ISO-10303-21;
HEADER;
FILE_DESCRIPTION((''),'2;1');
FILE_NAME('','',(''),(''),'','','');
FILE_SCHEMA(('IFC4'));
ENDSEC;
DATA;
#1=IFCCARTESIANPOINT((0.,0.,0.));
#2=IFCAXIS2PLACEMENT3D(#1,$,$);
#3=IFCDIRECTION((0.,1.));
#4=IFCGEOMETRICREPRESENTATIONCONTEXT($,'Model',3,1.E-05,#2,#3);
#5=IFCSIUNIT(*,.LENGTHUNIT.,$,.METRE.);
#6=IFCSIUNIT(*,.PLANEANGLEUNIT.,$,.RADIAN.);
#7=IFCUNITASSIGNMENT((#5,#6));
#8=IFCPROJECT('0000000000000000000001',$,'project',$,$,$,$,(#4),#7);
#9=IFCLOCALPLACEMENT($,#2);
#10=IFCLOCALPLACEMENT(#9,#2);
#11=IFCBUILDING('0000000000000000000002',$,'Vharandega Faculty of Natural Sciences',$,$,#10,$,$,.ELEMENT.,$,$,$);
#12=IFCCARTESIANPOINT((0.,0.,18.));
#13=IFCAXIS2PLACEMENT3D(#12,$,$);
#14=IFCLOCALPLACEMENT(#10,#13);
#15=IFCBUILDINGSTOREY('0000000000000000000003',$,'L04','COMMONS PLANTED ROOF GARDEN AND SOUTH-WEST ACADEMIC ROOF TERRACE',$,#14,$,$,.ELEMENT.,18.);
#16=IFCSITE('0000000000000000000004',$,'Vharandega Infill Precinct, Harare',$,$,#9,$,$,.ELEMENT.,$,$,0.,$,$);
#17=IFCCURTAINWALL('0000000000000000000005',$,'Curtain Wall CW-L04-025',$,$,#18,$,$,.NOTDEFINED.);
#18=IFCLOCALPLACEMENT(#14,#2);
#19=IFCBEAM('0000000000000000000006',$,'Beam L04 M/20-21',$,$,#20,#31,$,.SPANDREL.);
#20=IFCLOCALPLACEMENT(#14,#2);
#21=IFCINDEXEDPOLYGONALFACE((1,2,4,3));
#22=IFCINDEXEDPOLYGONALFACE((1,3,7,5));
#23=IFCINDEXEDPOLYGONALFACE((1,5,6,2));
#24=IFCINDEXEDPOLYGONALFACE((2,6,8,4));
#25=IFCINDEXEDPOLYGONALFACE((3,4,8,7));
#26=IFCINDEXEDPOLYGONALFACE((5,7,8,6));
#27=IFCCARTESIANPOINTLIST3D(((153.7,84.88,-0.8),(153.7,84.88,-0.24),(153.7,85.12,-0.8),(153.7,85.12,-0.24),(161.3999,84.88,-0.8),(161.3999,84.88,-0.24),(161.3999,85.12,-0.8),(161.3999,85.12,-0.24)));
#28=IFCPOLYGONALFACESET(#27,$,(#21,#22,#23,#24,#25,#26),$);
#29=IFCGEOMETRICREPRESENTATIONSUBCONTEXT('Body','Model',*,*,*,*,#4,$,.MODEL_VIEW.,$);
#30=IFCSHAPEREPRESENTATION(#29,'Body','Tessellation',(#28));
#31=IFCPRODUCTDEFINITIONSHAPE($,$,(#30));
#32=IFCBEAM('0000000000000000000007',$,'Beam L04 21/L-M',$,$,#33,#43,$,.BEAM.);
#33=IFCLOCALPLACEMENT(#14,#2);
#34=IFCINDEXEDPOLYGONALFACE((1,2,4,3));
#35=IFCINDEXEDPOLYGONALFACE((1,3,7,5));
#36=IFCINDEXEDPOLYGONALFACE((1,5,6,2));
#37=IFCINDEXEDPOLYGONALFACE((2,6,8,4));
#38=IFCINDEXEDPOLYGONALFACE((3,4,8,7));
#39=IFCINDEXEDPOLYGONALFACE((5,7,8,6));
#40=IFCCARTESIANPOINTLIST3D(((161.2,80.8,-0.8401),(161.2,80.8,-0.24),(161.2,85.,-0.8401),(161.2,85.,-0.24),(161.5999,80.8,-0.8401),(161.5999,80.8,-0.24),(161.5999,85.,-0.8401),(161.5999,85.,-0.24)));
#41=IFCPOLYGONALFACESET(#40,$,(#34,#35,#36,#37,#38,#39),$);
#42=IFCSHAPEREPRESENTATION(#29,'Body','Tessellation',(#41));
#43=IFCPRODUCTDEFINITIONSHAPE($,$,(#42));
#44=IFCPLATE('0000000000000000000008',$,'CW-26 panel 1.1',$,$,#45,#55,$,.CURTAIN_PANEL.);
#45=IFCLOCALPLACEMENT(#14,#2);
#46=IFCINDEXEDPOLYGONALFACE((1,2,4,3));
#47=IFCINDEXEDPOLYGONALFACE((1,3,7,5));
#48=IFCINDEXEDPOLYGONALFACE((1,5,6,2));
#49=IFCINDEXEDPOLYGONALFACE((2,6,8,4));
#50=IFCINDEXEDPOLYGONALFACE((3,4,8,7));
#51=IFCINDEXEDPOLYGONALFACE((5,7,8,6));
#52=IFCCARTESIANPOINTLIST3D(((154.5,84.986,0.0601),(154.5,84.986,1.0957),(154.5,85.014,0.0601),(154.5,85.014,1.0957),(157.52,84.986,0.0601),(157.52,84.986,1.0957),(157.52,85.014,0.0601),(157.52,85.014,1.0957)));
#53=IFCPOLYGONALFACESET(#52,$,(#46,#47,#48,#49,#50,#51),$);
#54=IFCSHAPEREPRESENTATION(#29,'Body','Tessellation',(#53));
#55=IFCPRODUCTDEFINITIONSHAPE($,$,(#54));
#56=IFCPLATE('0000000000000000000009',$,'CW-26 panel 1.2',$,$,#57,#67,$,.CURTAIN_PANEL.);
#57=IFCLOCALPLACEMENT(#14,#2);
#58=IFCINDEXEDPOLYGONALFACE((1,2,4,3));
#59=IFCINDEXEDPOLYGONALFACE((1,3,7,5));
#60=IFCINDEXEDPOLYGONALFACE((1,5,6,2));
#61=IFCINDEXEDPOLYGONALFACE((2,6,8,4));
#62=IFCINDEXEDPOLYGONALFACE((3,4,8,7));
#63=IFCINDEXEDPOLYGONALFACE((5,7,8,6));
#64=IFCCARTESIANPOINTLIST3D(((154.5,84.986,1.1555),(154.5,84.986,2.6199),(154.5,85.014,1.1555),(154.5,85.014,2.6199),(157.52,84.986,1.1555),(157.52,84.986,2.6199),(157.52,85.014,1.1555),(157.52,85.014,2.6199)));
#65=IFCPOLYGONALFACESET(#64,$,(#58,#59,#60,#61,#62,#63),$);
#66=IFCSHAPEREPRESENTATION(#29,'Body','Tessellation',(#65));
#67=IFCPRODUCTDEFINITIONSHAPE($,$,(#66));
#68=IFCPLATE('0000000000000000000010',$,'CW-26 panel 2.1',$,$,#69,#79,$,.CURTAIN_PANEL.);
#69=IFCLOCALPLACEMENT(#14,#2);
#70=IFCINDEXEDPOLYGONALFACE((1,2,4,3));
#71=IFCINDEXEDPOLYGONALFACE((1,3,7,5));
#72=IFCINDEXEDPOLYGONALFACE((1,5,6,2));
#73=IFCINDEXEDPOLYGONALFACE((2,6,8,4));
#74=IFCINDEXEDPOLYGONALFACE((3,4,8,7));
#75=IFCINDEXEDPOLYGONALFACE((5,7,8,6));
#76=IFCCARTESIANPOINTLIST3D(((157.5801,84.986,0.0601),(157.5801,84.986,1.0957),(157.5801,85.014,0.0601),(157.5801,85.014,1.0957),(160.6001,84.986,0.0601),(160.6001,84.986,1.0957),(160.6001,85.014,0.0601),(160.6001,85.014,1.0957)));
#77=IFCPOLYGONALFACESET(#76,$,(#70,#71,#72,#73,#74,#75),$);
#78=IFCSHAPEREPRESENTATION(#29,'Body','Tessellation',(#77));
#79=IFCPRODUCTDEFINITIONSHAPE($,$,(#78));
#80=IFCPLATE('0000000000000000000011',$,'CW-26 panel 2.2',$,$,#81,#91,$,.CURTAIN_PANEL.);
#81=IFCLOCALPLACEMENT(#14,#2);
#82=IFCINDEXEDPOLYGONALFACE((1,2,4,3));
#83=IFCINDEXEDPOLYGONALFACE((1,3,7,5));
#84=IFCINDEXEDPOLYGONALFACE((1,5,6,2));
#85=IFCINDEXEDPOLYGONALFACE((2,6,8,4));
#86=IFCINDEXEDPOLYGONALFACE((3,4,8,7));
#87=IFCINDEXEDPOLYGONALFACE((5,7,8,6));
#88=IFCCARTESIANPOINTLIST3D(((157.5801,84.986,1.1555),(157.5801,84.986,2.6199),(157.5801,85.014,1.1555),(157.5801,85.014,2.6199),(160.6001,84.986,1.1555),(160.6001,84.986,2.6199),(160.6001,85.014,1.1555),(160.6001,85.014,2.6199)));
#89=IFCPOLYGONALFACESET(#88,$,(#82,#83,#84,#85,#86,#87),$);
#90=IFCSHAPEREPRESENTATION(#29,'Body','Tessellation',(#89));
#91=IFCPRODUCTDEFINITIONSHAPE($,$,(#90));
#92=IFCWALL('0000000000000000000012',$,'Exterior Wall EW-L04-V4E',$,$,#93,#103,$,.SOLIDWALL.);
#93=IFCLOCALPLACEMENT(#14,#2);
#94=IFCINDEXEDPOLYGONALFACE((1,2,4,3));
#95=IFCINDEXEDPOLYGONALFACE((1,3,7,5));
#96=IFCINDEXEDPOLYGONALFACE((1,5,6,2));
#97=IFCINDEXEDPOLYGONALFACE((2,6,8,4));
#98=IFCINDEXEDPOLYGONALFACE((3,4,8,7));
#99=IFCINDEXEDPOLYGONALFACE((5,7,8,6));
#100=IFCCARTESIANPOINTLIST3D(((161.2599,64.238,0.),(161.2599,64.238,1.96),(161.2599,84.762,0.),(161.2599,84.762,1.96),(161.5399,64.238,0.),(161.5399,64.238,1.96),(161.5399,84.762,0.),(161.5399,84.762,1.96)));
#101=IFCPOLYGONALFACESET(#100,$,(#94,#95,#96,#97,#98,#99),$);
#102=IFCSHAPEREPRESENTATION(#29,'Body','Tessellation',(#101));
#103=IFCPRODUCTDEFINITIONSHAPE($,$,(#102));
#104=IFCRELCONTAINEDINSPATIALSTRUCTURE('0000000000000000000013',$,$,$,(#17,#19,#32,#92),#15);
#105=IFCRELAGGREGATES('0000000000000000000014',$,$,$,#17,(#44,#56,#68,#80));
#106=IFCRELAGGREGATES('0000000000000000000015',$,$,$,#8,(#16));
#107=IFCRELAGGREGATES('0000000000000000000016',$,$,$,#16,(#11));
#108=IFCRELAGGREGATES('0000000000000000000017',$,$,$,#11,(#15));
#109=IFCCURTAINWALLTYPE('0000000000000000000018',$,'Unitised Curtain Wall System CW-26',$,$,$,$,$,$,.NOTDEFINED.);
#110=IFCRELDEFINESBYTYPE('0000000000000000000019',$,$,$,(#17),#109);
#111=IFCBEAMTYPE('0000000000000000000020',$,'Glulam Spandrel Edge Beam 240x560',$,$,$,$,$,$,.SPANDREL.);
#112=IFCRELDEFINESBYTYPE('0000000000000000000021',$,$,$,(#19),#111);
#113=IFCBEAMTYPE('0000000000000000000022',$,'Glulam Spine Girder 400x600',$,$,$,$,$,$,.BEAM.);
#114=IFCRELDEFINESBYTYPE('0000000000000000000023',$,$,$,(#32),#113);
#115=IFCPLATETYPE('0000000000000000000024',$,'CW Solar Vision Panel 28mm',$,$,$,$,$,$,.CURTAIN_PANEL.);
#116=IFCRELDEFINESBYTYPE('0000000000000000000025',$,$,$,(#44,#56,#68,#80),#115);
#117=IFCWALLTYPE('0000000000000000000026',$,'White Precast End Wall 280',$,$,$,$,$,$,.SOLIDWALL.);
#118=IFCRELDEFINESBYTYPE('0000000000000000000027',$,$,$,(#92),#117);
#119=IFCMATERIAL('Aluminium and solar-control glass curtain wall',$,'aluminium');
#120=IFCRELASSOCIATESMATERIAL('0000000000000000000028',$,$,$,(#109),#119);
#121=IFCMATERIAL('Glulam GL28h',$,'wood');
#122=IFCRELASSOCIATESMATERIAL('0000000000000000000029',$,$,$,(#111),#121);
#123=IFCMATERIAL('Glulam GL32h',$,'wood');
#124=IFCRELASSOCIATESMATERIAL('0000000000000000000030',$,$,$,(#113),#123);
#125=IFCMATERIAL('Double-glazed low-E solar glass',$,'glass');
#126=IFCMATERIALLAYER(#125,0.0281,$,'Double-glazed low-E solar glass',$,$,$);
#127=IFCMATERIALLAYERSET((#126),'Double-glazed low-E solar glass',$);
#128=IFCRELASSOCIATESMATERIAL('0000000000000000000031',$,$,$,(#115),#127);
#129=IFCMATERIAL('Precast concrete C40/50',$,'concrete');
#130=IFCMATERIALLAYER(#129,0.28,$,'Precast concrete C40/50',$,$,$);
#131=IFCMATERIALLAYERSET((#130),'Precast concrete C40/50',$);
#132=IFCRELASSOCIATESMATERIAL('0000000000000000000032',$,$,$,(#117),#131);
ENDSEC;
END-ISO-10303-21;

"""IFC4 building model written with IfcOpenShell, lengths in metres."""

from ifc_helpers import new_model, si_unit, direction, frame, frame_2d, origin, origin_2d, place, context, subcontext, project, spatial, rectangle, extrude, material, layer, layer_set, material_profile, profile_set, type_object, element, aggregate, save


model = new_model("IFC4")

# Units and contexts
model_context = context("Model", 3, precision=1e-05, world=origin(), true_north=direction((0.0, 1.0)))
body_context = subcontext(model_context, "Body", "Model", "MODEL_VIEW")
ifc_project = project(units=[si_unit("LENGTHUNIT", "METRE"), si_unit("PLANEANGLEUNIT", "RADIAN")], contexts=[model_context])

# Site, building, storey
site_placement = place(None, origin())
site = spatial("IfcSite", under=ifc_project, at=site_placement, Name="Vharandega Infill Precinct, Harare", CompositionType="ELEMENT", RefElevation=0.0)
building_placement = place(site_placement, origin())
building = spatial("IfcBuilding", under=site, at=building_placement, Name="Vharandega Faculty of Natural Sciences", CompositionType="ELEMENT")
storey_placement = place(building_placement, frame((0.0, 0.0, 18.0)))
storey = spatial("IfcBuildingStorey", under=building, at=storey_placement, Name="L04", Description="COMMONS PLANTED ROOF GARDEN AND SOUTH-WEST ACADEMIC ROOF TERRACE", CompositionType="ELEMENT", Elevation=18.0)

# Curtain wall
ifc_material_1 = material(Name="Aluminium and solar-control glass curtain wall", Category="aluminium")
curtain_wall_type = type_object("IfcCurtainWallType", Name="Unitised Curtain Wall System CW-26", PredefinedType="NOTDEFINED", material=ifc_material_1)
curtain_wall_placement = place(storey_placement, origin())
curtain_wall = element("IfcCurtainWall", 1, at=curtain_wall_placement, inside=storey, type_object=curtain_wall_type, Name="Curtain Wall CW-L04-025", PredefinedType="NOTDEFINED")

# Beams
ifc_material_2 = material(Name="Glulam GL28h", Category="wood")
ifc_material_profile_1 = material_profile(ifc_material_2, rectangle(XDim=0.24, YDim=0.5601, at=origin_2d()), Name="GL28h 240x560")
ifc_profile_set_1 = profile_set([ifc_material_profile_1], Name="Glulam GL28h")
beam_type_1 = type_object("IfcBeamType", Name="Glulam Spandrel Edge Beam 240x560", PredefinedType="SPANDREL", material=ifc_profile_set_1)
beam_1_placement = place(storey_placement, frame((153.7, 85.0, -0.52), z_axis=(1.0, 0.0, 0.0), x_axis=(0.0, 1.0, 0.0)))
element("IfcBeam", 2, at=beam_1_placement, inside=storey, type_object=beam_type_1, Name="Beam L04 M/20-21", PredefinedType="SPANDREL", context=body_context, shape_type="SweptSolid", body=[
    extrude(rectangle(XDim=0.24, YDim=0.5601, at=origin_2d()), origin(), (0.0, 0.0, 1.0), 7.7),
])
ifc_material_3 = material(Name="Glulam GL32h", Category="wood")
ifc_material_profile_2 = material_profile(ifc_material_3, rectangle(XDim=0.3999, YDim=0.6001, at=origin_2d()), Name="GL32h 400x600")
ifc_profile_set_2 = profile_set([ifc_material_profile_2], Name="Glulam GL32h")
beam_type_2 = type_object("IfcBeamType", Name="Glulam Spine Girder 400x600", PredefinedType="BEAM", material=ifc_profile_set_2)
beam_2_placement = place(storey_placement, frame((161.3999, 80.8, -0.54), z_axis=(0.0, 1.0, 0.0), x_axis=(-1.0, 0.0, 0.0)))
element("IfcBeam", 3, at=beam_2_placement, inside=storey, type_object=beam_type_2, Name="Beam L04 21/L-M", PredefinedType="BEAM", context=body_context, shape_type="SweptSolid", body=[
    extrude(rectangle(XDim=0.3999, YDim=0.6001, at=origin_2d()), origin(), (0.0, 0.0, 1.0), 4.2),
])

# Plates
ifc_material_4 = material(Name="Double-glazed low-E solar glass", Category="glass")
ifc_layer_1 = layer(ifc_material_4, 0.0281, Name="Double-glazed low-E solar glass")
ifc_layer_set_1 = layer_set([ifc_layer_1], Name="Double-glazed low-E solar glass")
plate_type = type_object("IfcPlateType", Name="CW Solar Vision Panel 28mm", PredefinedType="CURTAIN_PANEL", material=ifc_layer_set_1)
plate_1_placement = place(storey_placement, frame((156.01, 85.0, 0.0601), z_axis=(0.0, 0.0, 1.0), x_axis=(1.0, 0.0, 0.0)))
plate_1 = element("IfcPlate", 4, at=plate_1_placement, type_object=plate_type, Name="CW-26 panel 1.1", PredefinedType="CURTAIN_PANEL", context=body_context, shape_type="SweptSolid", body=[
    extrude(rectangle(XDim=3.02, YDim=0.0281, at=origin_2d()), origin(), (0.0, 0.0, 1.0), 1.0356),
])
plate_2_placement = place(storey_placement, frame((156.01, 85.0, 1.1555), z_axis=(0.0, 0.0, 1.0), x_axis=(1.0, 0.0, 0.0)))
plate_2 = element("IfcPlate", 5, at=plate_2_placement, type_object=plate_type, Name="CW-26 panel 1.2", PredefinedType="CURTAIN_PANEL", context=body_context, shape_type="SweptSolid", body=[
    extrude(rectangle(XDim=3.02, YDim=0.0281, at=origin_2d()), origin(), (0.0, 0.0, 1.0), 1.4644),
])
plate_3_placement = place(storey_placement, frame((159.0901, 85.0, 0.0601), z_axis=(0.0, 0.0, 1.0), x_axis=(1.0, 0.0, 0.0)))
plate_3 = element("IfcPlate", 6, at=plate_3_placement, type_object=plate_type, Name="CW-26 panel 2.1", PredefinedType="CURTAIN_PANEL", context=body_context, shape_type="SweptSolid", body=[
    extrude(rectangle(XDim=3.02, YDim=0.0281, at=origin_2d()), origin(), (0.0, 0.0, 1.0), 1.0356),
])
plate_4_placement = place(storey_placement, frame((159.0901, 85.0, 1.1555), z_axis=(0.0, 0.0, 1.0), x_axis=(1.0, 0.0, 0.0)))
plate_4 = element("IfcPlate", 7, at=plate_4_placement, type_object=plate_type, Name="CW-26 panel 2.2", PredefinedType="CURTAIN_PANEL", context=body_context, shape_type="SweptSolid", body=[
    extrude(rectangle(XDim=3.02, YDim=0.0281, at=origin_2d()), origin(), (0.0, 0.0, 1.0), 1.4644),
])
aggregate(curtain_wall, [plate_1, plate_2, plate_3, plate_4])

# Wall
ifc_material_5 = material(Name="Precast concrete C40/50", Category="concrete")
ifc_layer_2 = layer(ifc_material_5, 0.28, Name="Precast concrete C40/50")
ifc_layer_set_2 = layer_set([ifc_layer_2], Name="Precast concrete C40/50")
wall_type = type_object("IfcWallType", Name="White Precast End Wall 280", PredefinedType="SOLIDWALL", material=ifc_layer_set_2)
wall_placement = place(storey_placement, frame((161.3999, 84.762, 0.0), z_axis=(0.0, 0.0, 1.0), x_axis=(0.0, -1.0, 0.0)))
element("IfcWall", 8, at=wall_placement, inside=storey, type_object=wall_type, Name="Exterior Wall EW-L04-V4E", PredefinedType="SOLIDWALL", context=body_context, shape_type="SweptSolid", body=[
    extrude(rectangle(XDim=20.5239, YDim=0.28, at=frame_2d((10.262, 0.0))), origin(), (0.0, 0.0, 1.0), 1.96),
])

save(model, "model.ifc")
